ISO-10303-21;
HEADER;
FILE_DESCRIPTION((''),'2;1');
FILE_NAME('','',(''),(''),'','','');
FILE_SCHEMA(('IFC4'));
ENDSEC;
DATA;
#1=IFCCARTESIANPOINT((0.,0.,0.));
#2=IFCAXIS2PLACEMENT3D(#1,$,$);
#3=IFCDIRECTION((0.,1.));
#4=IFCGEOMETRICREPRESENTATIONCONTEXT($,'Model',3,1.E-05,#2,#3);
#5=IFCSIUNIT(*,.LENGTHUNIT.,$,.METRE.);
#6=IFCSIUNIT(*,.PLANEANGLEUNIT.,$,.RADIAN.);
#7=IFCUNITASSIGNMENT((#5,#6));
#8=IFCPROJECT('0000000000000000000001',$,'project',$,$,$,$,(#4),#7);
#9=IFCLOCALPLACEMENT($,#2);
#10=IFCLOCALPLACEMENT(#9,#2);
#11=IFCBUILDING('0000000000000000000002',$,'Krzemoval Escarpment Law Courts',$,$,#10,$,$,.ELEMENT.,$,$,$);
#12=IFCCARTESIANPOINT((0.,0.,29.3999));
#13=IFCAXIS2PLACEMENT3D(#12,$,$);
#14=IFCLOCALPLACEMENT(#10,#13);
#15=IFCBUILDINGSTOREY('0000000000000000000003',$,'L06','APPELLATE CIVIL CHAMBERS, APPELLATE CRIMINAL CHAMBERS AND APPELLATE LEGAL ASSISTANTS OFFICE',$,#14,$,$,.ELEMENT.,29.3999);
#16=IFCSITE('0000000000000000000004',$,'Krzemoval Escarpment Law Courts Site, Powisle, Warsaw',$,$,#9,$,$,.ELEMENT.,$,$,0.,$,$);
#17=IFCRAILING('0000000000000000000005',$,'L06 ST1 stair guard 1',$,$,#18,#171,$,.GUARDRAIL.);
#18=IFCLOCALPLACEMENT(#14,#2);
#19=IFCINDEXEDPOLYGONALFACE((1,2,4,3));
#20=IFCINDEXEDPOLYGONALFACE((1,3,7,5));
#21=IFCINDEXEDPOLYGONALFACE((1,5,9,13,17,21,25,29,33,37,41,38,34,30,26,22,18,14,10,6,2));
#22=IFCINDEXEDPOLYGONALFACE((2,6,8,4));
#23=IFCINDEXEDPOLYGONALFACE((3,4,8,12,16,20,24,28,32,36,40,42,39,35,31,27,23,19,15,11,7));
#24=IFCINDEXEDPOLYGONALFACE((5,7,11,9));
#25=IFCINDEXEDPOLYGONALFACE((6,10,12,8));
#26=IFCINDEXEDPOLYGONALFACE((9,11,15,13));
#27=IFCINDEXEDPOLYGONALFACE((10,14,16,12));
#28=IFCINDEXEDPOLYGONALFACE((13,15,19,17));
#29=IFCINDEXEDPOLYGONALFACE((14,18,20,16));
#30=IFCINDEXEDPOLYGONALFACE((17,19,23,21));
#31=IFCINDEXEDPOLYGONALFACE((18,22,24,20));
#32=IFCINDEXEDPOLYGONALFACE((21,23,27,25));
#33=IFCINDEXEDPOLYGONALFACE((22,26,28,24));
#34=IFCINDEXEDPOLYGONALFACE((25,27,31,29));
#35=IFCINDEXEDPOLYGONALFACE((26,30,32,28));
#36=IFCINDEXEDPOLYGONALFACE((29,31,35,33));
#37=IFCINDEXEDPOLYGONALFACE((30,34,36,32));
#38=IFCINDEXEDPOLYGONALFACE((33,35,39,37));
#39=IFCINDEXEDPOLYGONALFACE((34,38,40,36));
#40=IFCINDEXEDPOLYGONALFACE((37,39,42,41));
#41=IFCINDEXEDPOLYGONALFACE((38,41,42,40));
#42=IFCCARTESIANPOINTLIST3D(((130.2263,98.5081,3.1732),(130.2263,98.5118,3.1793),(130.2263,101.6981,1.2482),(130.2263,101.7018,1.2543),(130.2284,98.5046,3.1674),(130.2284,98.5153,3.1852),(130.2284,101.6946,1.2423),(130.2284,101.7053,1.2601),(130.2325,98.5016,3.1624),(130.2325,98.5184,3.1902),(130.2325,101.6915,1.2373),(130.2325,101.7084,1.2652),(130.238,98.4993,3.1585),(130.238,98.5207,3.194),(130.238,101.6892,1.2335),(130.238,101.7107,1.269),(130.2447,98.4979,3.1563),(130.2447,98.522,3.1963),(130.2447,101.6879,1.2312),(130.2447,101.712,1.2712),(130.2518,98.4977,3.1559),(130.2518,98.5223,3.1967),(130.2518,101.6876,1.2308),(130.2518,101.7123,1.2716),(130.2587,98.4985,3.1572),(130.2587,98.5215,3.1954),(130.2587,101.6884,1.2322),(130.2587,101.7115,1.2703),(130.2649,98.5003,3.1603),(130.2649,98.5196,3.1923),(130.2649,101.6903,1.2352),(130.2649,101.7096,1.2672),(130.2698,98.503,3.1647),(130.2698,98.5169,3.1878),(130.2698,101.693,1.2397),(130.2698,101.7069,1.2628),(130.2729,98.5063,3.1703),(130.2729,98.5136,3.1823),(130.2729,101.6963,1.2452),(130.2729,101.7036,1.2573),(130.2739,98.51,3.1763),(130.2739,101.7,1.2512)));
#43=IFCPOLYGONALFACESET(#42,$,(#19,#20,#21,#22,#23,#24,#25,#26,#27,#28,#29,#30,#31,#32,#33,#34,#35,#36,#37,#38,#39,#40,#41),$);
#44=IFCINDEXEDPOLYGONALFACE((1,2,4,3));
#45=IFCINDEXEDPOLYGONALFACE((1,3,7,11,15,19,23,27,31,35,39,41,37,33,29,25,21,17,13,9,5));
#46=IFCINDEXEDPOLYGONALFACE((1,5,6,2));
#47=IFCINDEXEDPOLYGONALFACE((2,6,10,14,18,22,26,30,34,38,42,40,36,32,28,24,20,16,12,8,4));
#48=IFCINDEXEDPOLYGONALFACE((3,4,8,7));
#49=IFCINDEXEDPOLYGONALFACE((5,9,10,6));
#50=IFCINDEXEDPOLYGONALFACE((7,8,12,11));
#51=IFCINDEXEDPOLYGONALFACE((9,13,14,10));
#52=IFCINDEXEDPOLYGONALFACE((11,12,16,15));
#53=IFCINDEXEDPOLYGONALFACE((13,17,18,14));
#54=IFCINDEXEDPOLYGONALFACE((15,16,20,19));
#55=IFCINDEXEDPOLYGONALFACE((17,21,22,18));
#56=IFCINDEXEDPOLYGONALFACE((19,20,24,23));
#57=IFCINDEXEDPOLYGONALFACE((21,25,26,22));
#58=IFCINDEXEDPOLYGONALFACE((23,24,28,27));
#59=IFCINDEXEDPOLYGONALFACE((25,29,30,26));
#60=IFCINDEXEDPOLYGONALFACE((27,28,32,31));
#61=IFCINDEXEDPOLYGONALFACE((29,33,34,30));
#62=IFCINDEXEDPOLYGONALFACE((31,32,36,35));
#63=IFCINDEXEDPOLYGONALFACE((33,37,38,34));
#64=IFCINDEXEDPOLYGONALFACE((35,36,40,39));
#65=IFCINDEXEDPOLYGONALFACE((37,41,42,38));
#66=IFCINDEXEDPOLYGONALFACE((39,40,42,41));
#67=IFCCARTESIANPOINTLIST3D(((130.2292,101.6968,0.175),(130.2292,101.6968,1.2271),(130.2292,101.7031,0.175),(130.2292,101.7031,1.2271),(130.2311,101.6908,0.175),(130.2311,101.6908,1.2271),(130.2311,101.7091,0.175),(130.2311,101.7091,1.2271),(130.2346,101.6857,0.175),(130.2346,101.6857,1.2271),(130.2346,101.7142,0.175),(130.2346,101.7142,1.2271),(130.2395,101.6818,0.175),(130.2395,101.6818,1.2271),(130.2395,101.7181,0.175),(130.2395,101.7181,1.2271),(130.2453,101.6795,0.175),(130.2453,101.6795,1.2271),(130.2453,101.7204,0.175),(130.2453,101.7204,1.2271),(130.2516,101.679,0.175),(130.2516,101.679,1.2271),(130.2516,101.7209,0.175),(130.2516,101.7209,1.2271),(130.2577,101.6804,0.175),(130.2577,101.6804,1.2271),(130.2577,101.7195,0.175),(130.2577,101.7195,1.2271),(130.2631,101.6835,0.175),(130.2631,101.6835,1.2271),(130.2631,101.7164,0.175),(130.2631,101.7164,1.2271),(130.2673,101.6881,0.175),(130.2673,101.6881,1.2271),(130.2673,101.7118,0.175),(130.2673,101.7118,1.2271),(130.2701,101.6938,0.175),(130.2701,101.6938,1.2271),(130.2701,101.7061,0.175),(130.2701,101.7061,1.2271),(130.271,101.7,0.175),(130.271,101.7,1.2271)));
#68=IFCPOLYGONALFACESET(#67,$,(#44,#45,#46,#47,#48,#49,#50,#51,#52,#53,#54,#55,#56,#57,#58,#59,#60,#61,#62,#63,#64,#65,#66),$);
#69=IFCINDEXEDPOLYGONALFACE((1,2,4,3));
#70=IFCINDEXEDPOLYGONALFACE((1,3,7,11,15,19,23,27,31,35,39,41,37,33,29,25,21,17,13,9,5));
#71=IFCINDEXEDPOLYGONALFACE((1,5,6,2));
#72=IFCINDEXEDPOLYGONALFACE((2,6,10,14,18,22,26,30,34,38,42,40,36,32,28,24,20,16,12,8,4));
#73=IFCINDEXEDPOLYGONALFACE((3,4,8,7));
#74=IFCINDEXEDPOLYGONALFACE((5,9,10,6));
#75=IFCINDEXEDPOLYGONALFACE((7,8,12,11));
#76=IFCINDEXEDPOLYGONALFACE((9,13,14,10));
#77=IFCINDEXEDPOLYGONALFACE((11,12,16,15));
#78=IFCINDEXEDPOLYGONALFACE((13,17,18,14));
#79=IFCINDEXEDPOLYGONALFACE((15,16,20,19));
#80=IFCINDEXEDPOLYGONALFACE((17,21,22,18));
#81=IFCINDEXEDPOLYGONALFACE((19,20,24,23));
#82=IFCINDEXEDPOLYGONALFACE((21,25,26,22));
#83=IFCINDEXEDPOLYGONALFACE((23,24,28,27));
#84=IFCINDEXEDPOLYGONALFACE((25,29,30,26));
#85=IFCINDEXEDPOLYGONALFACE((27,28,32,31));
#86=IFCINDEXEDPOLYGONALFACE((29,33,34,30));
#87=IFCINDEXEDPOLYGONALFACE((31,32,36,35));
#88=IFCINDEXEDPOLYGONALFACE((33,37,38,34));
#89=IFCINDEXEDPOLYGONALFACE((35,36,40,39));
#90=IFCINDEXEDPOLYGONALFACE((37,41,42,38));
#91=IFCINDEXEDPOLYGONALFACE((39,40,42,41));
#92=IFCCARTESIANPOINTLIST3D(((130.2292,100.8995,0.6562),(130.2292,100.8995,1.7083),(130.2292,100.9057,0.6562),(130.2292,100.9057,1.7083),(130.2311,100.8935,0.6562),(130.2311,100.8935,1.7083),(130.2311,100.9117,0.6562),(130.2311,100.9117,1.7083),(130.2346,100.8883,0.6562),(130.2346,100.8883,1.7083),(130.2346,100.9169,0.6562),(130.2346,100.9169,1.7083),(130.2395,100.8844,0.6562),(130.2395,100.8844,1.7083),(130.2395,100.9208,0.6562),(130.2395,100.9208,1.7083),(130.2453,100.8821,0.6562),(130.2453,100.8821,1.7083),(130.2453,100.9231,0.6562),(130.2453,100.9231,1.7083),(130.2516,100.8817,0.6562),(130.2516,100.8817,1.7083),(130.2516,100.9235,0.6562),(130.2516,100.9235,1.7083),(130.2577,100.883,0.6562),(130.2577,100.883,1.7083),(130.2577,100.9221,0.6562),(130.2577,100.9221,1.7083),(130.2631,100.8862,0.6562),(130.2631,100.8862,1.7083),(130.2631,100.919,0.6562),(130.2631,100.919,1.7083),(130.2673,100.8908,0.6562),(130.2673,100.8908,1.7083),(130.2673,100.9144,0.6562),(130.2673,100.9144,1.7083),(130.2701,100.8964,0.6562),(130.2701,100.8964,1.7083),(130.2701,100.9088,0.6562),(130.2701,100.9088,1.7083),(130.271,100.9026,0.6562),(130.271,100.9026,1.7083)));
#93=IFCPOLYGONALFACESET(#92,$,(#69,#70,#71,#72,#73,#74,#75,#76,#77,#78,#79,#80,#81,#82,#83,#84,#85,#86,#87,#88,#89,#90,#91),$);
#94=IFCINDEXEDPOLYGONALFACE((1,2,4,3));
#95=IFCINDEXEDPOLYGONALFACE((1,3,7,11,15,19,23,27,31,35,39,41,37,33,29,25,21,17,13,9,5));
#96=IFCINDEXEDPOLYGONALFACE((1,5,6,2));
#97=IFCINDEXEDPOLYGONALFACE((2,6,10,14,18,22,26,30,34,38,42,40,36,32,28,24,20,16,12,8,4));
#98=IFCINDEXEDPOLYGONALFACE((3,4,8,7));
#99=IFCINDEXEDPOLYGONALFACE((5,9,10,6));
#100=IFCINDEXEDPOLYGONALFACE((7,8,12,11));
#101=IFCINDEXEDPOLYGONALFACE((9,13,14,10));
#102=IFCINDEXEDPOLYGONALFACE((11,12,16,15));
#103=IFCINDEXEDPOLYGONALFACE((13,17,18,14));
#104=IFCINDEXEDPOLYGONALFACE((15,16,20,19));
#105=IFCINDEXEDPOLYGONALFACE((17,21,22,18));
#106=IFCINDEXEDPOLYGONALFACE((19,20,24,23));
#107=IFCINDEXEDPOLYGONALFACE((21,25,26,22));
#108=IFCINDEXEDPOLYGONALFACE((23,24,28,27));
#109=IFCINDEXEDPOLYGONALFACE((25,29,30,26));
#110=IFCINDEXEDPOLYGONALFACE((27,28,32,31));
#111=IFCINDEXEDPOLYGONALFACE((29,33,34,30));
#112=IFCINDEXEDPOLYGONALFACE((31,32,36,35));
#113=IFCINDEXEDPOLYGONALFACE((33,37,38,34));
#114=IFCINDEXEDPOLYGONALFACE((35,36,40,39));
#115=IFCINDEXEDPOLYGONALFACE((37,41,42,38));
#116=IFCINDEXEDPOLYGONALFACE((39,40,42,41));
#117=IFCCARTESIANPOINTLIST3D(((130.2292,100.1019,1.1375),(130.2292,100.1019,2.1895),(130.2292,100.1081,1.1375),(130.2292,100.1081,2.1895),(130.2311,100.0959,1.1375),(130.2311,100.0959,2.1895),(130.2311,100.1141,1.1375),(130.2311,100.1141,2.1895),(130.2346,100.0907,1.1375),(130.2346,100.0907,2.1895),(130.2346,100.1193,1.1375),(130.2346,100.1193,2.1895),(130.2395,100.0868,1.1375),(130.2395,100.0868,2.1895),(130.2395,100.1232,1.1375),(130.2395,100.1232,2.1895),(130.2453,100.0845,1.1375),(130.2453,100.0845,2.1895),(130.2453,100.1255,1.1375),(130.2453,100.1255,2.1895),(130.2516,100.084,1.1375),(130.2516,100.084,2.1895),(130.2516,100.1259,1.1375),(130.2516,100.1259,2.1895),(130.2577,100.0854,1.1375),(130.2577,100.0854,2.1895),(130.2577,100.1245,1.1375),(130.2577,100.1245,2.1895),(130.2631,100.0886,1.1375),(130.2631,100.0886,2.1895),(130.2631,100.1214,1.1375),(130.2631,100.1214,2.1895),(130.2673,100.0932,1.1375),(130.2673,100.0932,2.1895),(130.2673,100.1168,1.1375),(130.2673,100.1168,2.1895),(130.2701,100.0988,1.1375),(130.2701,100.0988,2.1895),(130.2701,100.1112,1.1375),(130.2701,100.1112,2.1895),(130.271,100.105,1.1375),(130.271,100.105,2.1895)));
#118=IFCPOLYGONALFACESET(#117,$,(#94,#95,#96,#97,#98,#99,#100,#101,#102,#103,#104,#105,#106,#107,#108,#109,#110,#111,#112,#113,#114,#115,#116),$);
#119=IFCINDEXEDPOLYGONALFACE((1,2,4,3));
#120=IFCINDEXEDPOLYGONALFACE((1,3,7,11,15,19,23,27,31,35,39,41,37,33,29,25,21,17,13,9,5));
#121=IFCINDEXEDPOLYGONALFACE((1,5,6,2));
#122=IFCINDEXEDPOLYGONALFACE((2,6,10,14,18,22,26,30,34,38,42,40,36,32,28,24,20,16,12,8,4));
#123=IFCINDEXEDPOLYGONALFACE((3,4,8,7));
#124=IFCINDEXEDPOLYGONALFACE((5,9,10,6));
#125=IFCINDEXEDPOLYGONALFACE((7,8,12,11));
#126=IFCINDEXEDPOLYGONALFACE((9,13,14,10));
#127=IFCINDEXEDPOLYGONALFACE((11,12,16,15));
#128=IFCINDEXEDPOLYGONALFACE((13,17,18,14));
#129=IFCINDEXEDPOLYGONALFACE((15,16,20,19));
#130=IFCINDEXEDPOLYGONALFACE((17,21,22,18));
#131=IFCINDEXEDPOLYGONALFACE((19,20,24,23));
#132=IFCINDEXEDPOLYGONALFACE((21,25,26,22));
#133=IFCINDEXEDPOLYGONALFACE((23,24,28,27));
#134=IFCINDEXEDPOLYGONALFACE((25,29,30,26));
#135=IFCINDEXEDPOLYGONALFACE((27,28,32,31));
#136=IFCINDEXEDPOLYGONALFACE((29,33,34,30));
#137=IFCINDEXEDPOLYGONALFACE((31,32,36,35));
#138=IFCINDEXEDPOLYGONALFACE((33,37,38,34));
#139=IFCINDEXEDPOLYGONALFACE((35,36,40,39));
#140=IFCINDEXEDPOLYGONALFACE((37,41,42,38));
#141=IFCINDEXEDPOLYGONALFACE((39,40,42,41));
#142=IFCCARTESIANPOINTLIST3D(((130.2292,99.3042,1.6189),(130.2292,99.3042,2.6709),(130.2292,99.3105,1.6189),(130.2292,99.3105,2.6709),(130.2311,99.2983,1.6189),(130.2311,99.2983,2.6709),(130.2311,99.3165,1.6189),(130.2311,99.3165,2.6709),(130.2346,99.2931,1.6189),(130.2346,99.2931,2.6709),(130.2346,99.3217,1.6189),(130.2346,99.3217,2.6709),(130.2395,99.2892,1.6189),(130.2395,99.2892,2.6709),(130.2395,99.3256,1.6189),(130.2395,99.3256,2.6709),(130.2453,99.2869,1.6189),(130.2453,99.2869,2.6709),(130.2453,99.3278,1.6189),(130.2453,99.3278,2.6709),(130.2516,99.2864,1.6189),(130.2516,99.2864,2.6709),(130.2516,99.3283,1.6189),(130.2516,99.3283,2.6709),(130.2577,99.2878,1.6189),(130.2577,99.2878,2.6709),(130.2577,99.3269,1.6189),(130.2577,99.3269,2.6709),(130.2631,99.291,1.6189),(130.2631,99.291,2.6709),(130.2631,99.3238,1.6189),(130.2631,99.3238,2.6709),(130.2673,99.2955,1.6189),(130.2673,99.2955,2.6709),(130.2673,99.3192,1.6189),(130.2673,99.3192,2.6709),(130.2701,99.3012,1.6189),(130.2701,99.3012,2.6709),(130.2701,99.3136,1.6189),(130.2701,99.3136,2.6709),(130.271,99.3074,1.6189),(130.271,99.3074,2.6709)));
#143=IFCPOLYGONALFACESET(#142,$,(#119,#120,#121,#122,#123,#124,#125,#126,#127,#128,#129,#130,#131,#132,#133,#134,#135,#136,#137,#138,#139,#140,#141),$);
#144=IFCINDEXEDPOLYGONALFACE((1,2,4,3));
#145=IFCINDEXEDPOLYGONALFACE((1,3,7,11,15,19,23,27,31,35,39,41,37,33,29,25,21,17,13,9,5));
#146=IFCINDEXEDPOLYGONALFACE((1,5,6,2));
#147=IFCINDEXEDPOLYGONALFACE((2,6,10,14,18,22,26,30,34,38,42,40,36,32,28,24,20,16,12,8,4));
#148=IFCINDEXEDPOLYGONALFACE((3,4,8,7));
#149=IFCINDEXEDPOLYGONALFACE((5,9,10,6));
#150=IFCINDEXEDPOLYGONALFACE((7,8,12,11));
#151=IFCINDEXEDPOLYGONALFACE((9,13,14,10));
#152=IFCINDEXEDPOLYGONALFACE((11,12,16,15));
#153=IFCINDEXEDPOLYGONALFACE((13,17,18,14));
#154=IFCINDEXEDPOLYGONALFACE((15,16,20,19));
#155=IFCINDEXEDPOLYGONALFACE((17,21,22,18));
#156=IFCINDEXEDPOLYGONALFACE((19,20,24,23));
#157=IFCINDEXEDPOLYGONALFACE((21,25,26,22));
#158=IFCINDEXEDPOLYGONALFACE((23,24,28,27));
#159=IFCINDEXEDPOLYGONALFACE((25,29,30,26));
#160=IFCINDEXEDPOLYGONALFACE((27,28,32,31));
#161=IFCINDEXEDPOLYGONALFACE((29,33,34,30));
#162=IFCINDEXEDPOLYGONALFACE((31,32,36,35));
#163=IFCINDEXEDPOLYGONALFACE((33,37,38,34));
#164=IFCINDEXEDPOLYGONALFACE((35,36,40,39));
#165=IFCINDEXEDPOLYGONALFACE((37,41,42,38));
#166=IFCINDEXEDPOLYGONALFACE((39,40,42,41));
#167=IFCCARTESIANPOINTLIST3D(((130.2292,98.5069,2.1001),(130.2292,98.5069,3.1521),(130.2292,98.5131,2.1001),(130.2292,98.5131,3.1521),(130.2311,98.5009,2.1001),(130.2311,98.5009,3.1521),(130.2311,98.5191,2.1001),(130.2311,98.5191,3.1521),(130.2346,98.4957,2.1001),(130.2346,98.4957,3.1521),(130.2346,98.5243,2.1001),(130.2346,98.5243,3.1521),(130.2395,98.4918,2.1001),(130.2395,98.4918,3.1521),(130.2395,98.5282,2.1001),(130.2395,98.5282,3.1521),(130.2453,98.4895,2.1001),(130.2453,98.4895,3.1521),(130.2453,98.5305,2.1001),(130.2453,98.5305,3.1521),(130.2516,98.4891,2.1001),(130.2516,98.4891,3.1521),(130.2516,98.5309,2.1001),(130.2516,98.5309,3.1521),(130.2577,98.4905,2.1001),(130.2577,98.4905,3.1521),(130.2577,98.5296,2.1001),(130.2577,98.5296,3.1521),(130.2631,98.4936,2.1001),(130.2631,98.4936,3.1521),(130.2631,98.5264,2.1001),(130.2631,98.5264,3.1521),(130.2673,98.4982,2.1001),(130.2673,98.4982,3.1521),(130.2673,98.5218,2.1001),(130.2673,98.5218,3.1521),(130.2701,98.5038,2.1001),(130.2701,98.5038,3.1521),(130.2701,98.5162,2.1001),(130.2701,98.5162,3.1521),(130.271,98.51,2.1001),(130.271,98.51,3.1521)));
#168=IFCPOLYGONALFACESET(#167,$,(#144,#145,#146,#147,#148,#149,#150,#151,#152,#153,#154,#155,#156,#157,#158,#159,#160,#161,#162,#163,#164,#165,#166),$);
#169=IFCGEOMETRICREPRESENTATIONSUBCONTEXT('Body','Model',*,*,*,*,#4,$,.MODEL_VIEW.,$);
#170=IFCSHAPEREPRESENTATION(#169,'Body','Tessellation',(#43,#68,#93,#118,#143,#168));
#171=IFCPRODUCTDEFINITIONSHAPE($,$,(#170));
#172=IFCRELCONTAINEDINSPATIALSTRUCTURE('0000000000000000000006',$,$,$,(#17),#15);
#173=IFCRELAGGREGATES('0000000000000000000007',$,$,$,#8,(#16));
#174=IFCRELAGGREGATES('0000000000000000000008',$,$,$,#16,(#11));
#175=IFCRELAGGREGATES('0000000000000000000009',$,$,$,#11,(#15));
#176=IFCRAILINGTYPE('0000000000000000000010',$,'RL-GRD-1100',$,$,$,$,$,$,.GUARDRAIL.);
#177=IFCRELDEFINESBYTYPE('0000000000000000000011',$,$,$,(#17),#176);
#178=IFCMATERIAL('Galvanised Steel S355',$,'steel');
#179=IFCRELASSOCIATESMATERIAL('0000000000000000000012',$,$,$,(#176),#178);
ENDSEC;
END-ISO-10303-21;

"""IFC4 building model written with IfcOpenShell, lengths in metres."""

from ifc_helpers import new_model, si_unit, direction, frame, origin, origin_2d, place, context, subcontext, project, spatial, circle, extrude, material, type_object, element, save


model = new_model("IFC4")

# Units and contexts
model_context = context("Model", 3, precision=1e-05, world=origin(), true_north=direction((0.0, 1.0)))
body_context = subcontext(model_context, "Body", "Model", "MODEL_VIEW")
ifc_project = project(units=[si_unit("LENGTHUNIT", "METRE"), si_unit("PLANEANGLEUNIT", "RADIAN")], contexts=[model_context])

# Site, building, storey
site_placement = place(None, origin())
site = spatial("IfcSite", under=ifc_project, at=site_placement, Name="Krzemoval Escarpment Law Courts Site, Powisle, Warsaw", CompositionType="ELEMENT", RefElevation=0.0)
building_placement = place(site_placement, origin())
building = spatial("IfcBuilding", under=site, at=building_placement, Name="Krzemoval Escarpment Law Courts", CompositionType="ELEMENT")
storey_placement = place(building_placement, frame((0.0, 0.0, 29.3999)))
storey = spatial("IfcBuildingStorey", under=building, at=storey_placement, Name="L06", Description="APPELLATE CIVIL CHAMBERS, APPELLATE CRIMINAL CHAMBERS AND APPELLATE LEGAL ASSISTANTS OFFICE", CompositionType="ELEMENT", Elevation=29.3999)

# Railing
ifc_material_1 = material(Name="Galvanised Steel S355", Category="steel")
railing_type_1 = type_object("IfcRailingType", Name="RL-GRD-1100", PredefinedType="GUARDRAIL", material=ifc_material_1)
railing_1_placement = place(storey_placement, frame((130.25, 101.7, 0.175)))
element("IfcRailing", 1, at=railing_1_placement, inside=storey, type_object=railing_type_1, Name="L06 ST1 stair guard 1", PredefinedType="GUARDRAIL", context=body_context, shape_type="SweptSolid", body=[
    extrude(circle(Radius=0.0239, at=origin_2d()), frame((0.0, 0.0, 1.0762), z_axis=(0.0, -0.856178, 0.516682), x_axis=(1.0, 0.0, 0.0)), (0.0, 0.0, 1.0), 3.7258),
    extrude(circle(Radius=0.021, at=origin_2d()), origin(), (0.0, 0.0, 1.0), 1.052),
    extrude(circle(Radius=0.021, at=origin_2d()), frame((0.0, -0.7974, 0.4812)), (0.0, 0.0, 1.0), 1.052),
    extrude(circle(Radius=0.021, at=origin_2d()), frame((0.0, -1.595, 0.9624)), (0.0, 0.0, 1.0), 1.052),
    extrude(circle(Radius=0.021, at=origin_2d()), frame((0.0, -2.3926, 1.4438)), (0.0, 0.0, 1.0), 1.052),
    extrude(circle(Radius=0.021, at=origin_2d()), frame((0.0, -3.1899, 1.925)), (0.0, 0.0, 1.0), 1.052),
])

save(model, "model.ifc")
